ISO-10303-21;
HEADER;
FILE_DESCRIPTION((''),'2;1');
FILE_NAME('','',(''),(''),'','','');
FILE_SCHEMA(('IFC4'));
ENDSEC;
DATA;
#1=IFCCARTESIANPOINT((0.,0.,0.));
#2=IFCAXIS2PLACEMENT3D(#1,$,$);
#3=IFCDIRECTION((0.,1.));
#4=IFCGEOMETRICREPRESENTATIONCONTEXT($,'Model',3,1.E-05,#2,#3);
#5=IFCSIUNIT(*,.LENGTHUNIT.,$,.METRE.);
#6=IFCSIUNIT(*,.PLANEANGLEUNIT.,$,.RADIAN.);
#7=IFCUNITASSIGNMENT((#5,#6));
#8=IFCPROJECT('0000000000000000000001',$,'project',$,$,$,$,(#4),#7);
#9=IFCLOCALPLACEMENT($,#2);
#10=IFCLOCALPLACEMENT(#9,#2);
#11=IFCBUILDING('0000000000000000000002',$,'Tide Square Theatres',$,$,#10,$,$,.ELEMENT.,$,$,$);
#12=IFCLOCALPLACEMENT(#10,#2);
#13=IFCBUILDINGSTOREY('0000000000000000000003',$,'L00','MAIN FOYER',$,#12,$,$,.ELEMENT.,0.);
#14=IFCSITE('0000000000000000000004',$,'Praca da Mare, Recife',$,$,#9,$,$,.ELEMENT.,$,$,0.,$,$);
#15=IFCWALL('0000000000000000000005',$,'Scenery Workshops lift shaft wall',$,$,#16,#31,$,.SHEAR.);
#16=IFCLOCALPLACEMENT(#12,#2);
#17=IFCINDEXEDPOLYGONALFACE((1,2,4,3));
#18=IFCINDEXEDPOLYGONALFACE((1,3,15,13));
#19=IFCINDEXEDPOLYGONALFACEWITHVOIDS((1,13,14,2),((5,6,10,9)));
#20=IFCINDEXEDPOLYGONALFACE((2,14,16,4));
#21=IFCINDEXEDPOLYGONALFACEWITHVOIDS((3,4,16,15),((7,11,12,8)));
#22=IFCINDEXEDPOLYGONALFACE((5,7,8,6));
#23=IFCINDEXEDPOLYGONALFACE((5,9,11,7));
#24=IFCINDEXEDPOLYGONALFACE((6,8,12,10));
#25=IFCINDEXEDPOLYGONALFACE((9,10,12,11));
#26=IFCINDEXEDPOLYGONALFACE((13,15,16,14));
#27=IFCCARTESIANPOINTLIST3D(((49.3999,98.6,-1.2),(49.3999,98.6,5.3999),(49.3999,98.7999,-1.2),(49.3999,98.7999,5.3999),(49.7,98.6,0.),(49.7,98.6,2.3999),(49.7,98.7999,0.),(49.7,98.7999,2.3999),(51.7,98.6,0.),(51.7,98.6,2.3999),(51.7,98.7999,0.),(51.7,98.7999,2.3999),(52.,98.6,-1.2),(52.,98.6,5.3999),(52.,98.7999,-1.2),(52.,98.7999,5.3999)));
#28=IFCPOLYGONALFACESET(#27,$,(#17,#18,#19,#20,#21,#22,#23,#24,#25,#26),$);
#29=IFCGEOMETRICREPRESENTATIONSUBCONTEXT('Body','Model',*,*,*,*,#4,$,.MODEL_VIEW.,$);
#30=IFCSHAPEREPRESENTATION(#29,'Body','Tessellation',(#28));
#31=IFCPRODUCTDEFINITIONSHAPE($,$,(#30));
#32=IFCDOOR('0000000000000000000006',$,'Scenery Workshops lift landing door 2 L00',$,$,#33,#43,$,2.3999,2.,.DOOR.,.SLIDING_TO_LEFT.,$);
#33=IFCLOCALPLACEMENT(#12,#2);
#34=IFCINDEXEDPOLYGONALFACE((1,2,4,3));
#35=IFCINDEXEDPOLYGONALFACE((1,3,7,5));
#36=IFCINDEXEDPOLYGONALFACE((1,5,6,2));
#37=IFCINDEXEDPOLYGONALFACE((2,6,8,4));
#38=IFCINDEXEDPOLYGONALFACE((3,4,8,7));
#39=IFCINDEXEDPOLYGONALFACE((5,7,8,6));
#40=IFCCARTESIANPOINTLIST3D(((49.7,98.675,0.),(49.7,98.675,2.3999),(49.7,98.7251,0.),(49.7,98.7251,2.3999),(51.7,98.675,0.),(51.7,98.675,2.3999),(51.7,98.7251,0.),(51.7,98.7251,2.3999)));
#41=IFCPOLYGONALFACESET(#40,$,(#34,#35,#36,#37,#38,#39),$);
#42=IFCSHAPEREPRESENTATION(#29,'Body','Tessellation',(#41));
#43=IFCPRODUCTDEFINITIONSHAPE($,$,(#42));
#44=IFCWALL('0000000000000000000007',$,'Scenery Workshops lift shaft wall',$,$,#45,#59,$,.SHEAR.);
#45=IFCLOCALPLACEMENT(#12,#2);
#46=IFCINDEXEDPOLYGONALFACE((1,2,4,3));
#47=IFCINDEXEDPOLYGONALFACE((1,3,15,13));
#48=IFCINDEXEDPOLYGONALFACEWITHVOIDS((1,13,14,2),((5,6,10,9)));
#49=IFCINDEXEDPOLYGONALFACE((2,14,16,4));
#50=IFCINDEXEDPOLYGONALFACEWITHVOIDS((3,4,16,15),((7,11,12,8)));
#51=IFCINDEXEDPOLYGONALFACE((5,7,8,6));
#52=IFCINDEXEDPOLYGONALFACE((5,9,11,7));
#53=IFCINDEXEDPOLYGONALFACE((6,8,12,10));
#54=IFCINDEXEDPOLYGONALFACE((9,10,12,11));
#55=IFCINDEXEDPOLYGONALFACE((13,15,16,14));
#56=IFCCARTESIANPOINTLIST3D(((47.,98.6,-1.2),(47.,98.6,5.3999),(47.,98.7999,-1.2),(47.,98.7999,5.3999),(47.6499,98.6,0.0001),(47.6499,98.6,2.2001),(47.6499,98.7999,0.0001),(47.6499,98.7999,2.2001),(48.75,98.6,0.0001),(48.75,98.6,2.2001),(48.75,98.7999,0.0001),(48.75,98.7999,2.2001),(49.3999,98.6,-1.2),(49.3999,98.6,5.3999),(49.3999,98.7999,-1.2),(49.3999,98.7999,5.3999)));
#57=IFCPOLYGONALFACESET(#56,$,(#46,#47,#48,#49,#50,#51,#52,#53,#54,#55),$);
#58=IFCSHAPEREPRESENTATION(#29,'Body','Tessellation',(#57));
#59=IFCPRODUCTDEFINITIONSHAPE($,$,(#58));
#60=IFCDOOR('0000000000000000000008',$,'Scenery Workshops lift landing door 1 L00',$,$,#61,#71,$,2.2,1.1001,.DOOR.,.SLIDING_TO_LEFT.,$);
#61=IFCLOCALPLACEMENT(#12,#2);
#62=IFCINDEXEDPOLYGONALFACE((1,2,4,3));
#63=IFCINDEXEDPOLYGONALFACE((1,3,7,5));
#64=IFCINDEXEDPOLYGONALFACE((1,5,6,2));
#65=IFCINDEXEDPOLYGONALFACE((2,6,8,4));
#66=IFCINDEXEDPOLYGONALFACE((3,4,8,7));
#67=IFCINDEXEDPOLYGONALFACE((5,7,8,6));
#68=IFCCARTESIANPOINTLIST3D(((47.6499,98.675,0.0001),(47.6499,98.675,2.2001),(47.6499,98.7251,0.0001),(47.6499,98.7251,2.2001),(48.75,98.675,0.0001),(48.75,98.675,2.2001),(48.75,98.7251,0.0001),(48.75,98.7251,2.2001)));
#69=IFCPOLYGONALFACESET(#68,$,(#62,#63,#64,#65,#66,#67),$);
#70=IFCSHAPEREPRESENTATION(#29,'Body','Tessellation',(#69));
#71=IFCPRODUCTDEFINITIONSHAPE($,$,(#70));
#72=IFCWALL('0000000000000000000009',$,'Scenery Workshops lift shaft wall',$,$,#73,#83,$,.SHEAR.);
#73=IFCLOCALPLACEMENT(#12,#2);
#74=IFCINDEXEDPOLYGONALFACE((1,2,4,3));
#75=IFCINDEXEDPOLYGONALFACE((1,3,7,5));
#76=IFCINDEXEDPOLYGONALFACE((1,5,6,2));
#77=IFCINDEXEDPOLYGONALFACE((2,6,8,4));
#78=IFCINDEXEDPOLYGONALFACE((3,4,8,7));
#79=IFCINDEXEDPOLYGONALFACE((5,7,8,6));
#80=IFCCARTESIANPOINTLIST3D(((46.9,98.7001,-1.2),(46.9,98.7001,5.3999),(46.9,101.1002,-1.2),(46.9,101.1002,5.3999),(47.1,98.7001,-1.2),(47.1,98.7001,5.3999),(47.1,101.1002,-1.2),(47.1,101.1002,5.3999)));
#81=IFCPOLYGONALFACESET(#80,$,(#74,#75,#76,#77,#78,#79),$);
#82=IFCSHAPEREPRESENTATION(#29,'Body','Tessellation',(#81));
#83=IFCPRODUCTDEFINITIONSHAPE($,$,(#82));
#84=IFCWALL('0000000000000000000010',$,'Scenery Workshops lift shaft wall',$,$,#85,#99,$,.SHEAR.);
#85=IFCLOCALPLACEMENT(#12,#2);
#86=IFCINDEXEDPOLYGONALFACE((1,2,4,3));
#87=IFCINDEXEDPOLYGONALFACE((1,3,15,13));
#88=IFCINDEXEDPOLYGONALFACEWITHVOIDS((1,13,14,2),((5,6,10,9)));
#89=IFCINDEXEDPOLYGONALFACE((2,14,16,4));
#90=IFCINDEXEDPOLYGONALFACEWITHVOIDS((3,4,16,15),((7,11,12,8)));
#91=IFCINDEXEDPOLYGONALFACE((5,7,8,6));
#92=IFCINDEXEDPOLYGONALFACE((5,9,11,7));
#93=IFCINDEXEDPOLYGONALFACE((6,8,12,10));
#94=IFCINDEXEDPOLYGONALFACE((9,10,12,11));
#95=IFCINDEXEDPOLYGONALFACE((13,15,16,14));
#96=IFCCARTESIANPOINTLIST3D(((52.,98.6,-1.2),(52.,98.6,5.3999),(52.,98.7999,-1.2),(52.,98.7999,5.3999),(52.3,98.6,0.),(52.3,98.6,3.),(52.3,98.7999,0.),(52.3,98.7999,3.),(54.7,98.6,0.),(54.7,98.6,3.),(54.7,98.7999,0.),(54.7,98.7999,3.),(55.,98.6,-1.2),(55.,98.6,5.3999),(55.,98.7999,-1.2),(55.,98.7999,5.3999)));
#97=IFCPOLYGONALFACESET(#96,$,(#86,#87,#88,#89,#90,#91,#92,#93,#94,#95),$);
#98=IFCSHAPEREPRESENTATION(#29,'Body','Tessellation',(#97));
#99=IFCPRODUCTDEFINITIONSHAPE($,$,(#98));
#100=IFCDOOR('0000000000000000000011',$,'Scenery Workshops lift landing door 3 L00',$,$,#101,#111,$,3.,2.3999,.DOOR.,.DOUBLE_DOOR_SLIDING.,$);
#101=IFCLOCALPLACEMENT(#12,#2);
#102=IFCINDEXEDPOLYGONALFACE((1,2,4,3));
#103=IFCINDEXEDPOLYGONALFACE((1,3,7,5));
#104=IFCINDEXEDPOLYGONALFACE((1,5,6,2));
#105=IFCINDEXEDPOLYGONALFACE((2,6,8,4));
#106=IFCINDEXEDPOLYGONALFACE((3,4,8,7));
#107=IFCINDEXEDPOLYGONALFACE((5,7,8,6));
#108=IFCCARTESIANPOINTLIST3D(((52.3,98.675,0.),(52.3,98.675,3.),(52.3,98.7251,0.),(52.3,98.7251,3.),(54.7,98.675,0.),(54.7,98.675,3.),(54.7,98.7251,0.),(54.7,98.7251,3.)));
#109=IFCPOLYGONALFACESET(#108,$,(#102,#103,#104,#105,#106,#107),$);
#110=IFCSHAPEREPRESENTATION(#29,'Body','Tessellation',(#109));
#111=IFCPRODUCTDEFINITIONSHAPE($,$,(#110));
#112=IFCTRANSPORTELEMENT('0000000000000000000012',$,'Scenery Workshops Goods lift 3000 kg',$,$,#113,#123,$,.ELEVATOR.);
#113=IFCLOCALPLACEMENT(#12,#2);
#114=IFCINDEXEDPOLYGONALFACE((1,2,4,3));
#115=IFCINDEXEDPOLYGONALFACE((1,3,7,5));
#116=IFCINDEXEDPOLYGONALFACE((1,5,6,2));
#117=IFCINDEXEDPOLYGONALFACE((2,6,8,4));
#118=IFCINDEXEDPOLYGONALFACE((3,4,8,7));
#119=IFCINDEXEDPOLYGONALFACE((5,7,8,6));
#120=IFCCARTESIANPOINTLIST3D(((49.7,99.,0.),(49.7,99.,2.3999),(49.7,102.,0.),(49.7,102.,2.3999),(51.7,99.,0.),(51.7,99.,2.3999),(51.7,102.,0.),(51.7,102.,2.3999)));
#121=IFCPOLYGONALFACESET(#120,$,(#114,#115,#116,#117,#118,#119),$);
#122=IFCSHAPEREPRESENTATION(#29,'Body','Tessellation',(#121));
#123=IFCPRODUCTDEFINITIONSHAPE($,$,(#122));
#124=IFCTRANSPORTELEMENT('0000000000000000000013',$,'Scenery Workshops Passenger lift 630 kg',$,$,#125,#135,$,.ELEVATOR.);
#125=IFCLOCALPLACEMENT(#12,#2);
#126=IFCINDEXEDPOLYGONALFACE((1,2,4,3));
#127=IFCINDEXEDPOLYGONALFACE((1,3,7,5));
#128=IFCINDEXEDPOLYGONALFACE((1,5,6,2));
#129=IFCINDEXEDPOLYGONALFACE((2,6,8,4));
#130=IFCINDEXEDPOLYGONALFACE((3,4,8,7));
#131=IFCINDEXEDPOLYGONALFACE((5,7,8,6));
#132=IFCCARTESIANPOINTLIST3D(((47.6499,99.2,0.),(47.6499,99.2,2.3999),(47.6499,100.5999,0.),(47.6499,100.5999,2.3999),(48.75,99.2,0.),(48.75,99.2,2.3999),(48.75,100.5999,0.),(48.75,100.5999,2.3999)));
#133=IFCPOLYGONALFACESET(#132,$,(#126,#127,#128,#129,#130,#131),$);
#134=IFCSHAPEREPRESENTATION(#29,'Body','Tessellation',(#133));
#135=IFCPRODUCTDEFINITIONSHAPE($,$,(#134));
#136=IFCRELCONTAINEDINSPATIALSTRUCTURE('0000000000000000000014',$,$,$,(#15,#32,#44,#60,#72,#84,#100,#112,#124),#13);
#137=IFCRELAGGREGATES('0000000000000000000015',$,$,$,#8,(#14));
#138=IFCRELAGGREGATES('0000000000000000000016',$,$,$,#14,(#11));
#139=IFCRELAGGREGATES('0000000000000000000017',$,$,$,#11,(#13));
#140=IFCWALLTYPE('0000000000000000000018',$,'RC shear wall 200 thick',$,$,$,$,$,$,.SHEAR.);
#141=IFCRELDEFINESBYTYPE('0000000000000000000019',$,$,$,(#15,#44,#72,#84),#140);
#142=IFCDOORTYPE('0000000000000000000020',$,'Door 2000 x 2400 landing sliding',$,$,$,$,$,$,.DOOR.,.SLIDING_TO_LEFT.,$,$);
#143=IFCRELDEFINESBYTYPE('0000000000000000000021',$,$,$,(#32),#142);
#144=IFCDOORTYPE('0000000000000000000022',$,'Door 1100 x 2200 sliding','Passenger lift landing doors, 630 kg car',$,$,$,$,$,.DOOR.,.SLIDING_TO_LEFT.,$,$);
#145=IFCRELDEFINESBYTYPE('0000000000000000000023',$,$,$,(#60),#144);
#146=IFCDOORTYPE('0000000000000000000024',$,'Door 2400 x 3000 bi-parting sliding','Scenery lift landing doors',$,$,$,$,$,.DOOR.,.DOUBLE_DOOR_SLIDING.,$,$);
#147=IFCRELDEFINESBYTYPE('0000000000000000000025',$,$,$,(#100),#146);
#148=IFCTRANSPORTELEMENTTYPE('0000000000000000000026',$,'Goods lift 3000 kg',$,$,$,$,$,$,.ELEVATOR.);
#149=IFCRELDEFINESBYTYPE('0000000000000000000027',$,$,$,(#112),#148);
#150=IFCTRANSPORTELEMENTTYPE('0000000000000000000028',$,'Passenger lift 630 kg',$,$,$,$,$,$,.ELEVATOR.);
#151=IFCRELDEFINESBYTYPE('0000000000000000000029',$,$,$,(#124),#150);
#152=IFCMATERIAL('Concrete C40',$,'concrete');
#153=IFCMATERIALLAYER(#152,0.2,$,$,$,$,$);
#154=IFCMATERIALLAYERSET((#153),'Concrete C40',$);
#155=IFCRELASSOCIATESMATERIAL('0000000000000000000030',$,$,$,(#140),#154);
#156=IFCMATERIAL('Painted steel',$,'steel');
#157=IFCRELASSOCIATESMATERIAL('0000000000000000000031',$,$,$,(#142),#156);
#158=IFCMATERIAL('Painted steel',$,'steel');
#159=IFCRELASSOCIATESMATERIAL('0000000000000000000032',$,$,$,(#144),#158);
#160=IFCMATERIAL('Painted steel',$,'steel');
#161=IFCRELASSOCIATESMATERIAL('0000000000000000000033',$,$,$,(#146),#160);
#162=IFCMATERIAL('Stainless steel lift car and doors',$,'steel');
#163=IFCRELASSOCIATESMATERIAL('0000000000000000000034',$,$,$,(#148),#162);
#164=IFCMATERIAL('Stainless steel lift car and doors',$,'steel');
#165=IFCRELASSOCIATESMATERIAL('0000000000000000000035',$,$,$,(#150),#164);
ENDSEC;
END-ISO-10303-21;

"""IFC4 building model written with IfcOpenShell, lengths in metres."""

from ifc_helpers import new_model, si_unit, direction, frame, frame_2d, origin, origin_2d, place, context, subcontext, project, spatial, rectangle, extrude, material, layer, layer_set, type_object, element, fill, save


model = new_model("IFC4")

# Units and contexts
model_context = context("Model", 3, precision=1e-05, world=origin(), true_north=direction((0.0, 1.0)))
body_context = subcontext(model_context, "Body", "Model", "MODEL_VIEW")
ifc_project = project(units=[si_unit("LENGTHUNIT", "METRE"), si_unit("PLANEANGLEUNIT", "RADIAN")], contexts=[model_context])

# Site, building, storey
site_placement = place(None, origin())
site = spatial("IfcSite", under=ifc_project, at=site_placement, Name="Praca da Mare, Recife", CompositionType="ELEMENT", RefElevation=0.0)
building_placement = place(site_placement, origin())
building = spatial("IfcBuilding", under=site, at=building_placement, Name="Tide Square Theatres", CompositionType="ELEMENT")
storey_placement = place(building_placement, origin())
storey = spatial("IfcBuildingStorey", under=building, at=storey_placement, Name="L00", Description="MAIN FOYER", CompositionType="ELEMENT", Elevation=0.0)

# Walls, openings, doors
ifc_material_1 = material(Name="Concrete C40", Category="concrete")
ifc_layer_1 = layer(ifc_material_1, 0.2)
ifc_layer_set_1 = layer_set([ifc_layer_1], Name="Concrete C40")
wall_type_1 = type_object("IfcWallType", Name="RC shear wall 200 thick", PredefinedType="SHEAR", material=ifc_layer_set_1)
wall_1_placement = place(storey_placement, frame((52.0, 98.7, -1.2), z_axis=(0.0, 0.0, 1.0), x_axis=(-1.0, 0.0, 0.0)))
wall_1 = element("IfcWall", 1, at=wall_1_placement, inside=storey, type_object=wall_type_1, Name="Scenery Workshops lift shaft wall", PredefinedType="SHEAR", context=body_context, shape_type="SweptSolid", body=[
    extrude(rectangle(XDim=2.6001, YDim=0.2, at=frame_2d((1.3, 0.0))), origin(), (0.0, 0.0, 1.0), 6.5999),
])
opening_1_placement = place(wall_1_placement, frame((0.3, 0.0, 1.2)))
opening_1 = element("IfcOpeningElement", 2, at=opening_1_placement, cuts=wall_1, PredefinedType="OPENING", context=body_context, shape_type="SweptSolid", body=[
    extrude(rectangle(XDim=2.0, YDim=2.3999, at=frame_2d((1.0, 1.2))), frame((0.0, 0.1099, 0.0), z_axis=(0.0, -1.0, 0.0), x_axis=(1.0, 0.0, 0.0)), (0.0, 0.0, 1.0), 0.22),
])
ifc_material_2 = material(Name="Painted steel", Category="steel")
door_type_1 = type_object("IfcDoorType", Name="Door 2000 x 2400 landing sliding", OperationType="SLIDING_TO_LEFT", PredefinedType="DOOR", material=ifc_material_2)
door_1_placement = place(opening_1_placement, origin())
door_1 = element("IfcDoor", 3, at=door_1_placement, inside=storey, type_object=door_type_1, Name="Scenery Workshops lift landing door 2 L00", OperationType="SLIDING_TO_LEFT", OverallHeight=2.3999, OverallWidth=2.0, PredefinedType="DOOR", context=body_context, shape_type="SweptSolid", body=[
    extrude(rectangle(XDim=2.0, YDim=2.3999, at=frame_2d((1.0, 1.2))), frame((0.0, 0.0249, 0.0), z_axis=(0.0, -1.0, 0.0), x_axis=(1.0, 0.0, 0.0)), (0.0, 0.0, 1.0), 0.05),
])
fill(opening_1, door_1)
wall_2_placement = place(storey_placement, frame((49.3999, 98.7, -1.2), z_axis=(0.0, 0.0, 1.0), x_axis=(-1.0, 0.0, 0.0)))
wall_2 = element("IfcWall", 4, at=wall_2_placement, inside=storey, type_object=wall_type_1, Name="Scenery Workshops lift shaft wall", PredefinedType="SHEAR", context=body_context, shape_type="SweptSolid", body=[
    extrude(rectangle(XDim=2.3999, YDim=0.2, at=frame_2d((1.2, 0.0))), origin(), (0.0, 0.0, 1.0), 6.5999),
])
opening_2_placement = place(wall_2_placement, frame((0.6499, 0.0, 1.2)))
opening_2 = element("IfcOpeningElement", 5, at=opening_2_placement, cuts=wall_2, PredefinedType="OPENING", context=body_context, shape_type="SweptSolid", body=[
    extrude(rectangle(XDim=1.1001, YDim=2.2, at=frame_2d((0.55, 1.1001))), frame((0.0, 0.1099, 0.0), z_axis=(0.0, -1.0, 0.0), x_axis=(1.0, 0.0, 0.0)), (0.0, 0.0, 1.0), 0.22),
])
ifc_material_3 = material(Name="Painted steel", Category="steel")
door_type_2 = type_object("IfcDoorType", Name="Door 1100 x 2200 sliding", Description="Passenger lift landing doors, 630 kg car", OperationType="SLIDING_TO_LEFT", PredefinedType="DOOR", material=ifc_material_3)
door_2_placement = place(opening_2_placement, origin())
door_2 = element("IfcDoor", 6, at=door_2_placement, inside=storey, type_object=door_type_2, Name="Scenery Workshops lift landing door 1 L00", OperationType="SLIDING_TO_LEFT", OverallHeight=2.2, OverallWidth=1.1001, PredefinedType="DOOR", context=body_context, shape_type="SweptSolid", body=[
    extrude(rectangle(XDim=1.1001, YDim=2.2, at=frame_2d((0.55, 1.1001))), frame((0.0, 0.0249, 0.0), z_axis=(0.0, -1.0, 0.0), x_axis=(1.0, 0.0, 0.0)), (0.0, 0.0, 1.0), 0.05),
])
fill(opening_2, door_2)

# Wall
wall_3_placement = place(storey_placement, frame((47.0, 98.7, -1.2), z_axis=(0.0, 0.0, 1.0), x_axis=(0.0, 1.0, 0.0)))
element("IfcWall", 7, at=wall_3_placement, inside=storey, type_object=wall_type_1, Name="Scenery Workshops lift shaft wall", PredefinedType="SHEAR", context=body_context, shape_type="SweptSolid", body=[
    extrude(rectangle(XDim=2.4001, YDim=0.2, at=frame_2d((1.2002, 0.0))), origin(), (0.0, 0.0, 1.0), 6.5999),
])

# Wall, opening, door
wall_4_placement = place(storey_placement, frame((55.0, 98.7, -1.2), z_axis=(0.0, 0.0, 1.0), x_axis=(-1.0, 0.0, 0.0)))
wall_4 = element("IfcWall", 8, at=wall_4_placement, inside=storey, type_object=wall_type_1, Name="Scenery Workshops lift shaft wall", PredefinedType="SHEAR", context=body_context, shape_type="SweptSolid", body=[
    extrude(rectangle(XDim=3.0, YDim=0.2, at=frame_2d((1.5, 0.0))), origin(), (0.0, 0.0, 1.0), 6.5999),
])
opening_3_placement = place(wall_4_placement, frame((0.3, 0.0, 1.2)))
opening_3 = element("IfcOpeningElement", 9, at=opening_3_placement, cuts=wall_4, PredefinedType="OPENING", context=body_context, shape_type="SweptSolid", body=[
    extrude(rectangle(XDim=2.3999, YDim=3.0, at=frame_2d((1.2, 1.5))), frame((0.0, 0.1099, 0.0), z_axis=(0.0, -1.0, 0.0), x_axis=(1.0, 0.0, 0.0)), (0.0, 0.0, 1.0), 0.22),
])
ifc_material_4 = material(Name="Painted steel", Category="steel")
door_type_3 = type_object("IfcDoorType", Name="Door 2400 x 3000 bi-parting sliding", Description="Scenery lift landing doors", OperationType="DOUBLE_DOOR_SLIDING", PredefinedType="DOOR", material=ifc_material_4)
door_3_placement = place(opening_3_placement, origin())
door_3 = element("IfcDoor", 10, at=door_3_placement, inside=storey, type_object=door_type_3, Name="Scenery Workshops lift landing door 3 L00", OperationType="DOUBLE_DOOR_SLIDING", OverallHeight=3.0, OverallWidth=2.3999, PredefinedType="DOOR", context=body_context, shape_type="SweptSolid", body=[
    extrude(rectangle(XDim=2.3999, YDim=3.0, at=frame_2d((1.2, 1.5))), frame((0.0, 0.0249, 0.0), z_axis=(0.0, -1.0, 0.0), x_axis=(1.0, 0.0, 0.0)), (0.0, 0.0, 1.0), 0.05),
])
fill(opening_3, door_3)

# Transport elements
ifc_material_5 = material(Name="Stainless steel lift car and doors", Category="steel")
transport_element_type_1 = type_object("IfcTransportElementType", Name="Goods lift 3000 kg", PredefinedType="ELEVATOR", material=ifc_material_5)
transport_element_1_placement = place(storey_placement, frame((50.7, 100.5, 0.0), z_axis=(0.0, 0.0, 1.0), x_axis=(1.0, 0.0, 0.0)))
element("IfcTransportElement", 11, at=transport_element_1_placement, inside=storey, type_object=transport_element_type_1, Name="Scenery Workshops Goods lift 3000 kg", PredefinedType="ELEVATOR", context=body_context, shape_type="SweptSolid", body=[
    extrude(rectangle(XDim=2.0, YDim=3.0, at=origin_2d()), origin(), (0.0, 0.0, 1.0), 2.3999),
])
ifc_material_6 = material(Name="Stainless steel lift car and doors", Category="steel")
transport_element_type_2 = type_object("IfcTransportElementType", Name="Passenger lift 630 kg", PredefinedType="ELEVATOR", material=ifc_material_6)
transport_element_2_placement = place(storey_placement, frame((48.2, 99.8999, 0.0), z_axis=(0.0, 0.0, 1.0), x_axis=(1.0, 0.0, 0.0)))
element("IfcTransportElement", 12, at=transport_element_2_placement, inside=storey, type_object=transport_element_type_2, Name="Scenery Workshops Passenger lift 630 kg", PredefinedType="ELEVATOR", context=body_context, shape_type="SweptSolid", body=[
    extrude(rectangle(XDim=1.1001, YDim=1.3999, at=origin_2d()), origin(), (0.0, 0.0, 1.0), 2.3999),
])

save(model, "model.ifc")
